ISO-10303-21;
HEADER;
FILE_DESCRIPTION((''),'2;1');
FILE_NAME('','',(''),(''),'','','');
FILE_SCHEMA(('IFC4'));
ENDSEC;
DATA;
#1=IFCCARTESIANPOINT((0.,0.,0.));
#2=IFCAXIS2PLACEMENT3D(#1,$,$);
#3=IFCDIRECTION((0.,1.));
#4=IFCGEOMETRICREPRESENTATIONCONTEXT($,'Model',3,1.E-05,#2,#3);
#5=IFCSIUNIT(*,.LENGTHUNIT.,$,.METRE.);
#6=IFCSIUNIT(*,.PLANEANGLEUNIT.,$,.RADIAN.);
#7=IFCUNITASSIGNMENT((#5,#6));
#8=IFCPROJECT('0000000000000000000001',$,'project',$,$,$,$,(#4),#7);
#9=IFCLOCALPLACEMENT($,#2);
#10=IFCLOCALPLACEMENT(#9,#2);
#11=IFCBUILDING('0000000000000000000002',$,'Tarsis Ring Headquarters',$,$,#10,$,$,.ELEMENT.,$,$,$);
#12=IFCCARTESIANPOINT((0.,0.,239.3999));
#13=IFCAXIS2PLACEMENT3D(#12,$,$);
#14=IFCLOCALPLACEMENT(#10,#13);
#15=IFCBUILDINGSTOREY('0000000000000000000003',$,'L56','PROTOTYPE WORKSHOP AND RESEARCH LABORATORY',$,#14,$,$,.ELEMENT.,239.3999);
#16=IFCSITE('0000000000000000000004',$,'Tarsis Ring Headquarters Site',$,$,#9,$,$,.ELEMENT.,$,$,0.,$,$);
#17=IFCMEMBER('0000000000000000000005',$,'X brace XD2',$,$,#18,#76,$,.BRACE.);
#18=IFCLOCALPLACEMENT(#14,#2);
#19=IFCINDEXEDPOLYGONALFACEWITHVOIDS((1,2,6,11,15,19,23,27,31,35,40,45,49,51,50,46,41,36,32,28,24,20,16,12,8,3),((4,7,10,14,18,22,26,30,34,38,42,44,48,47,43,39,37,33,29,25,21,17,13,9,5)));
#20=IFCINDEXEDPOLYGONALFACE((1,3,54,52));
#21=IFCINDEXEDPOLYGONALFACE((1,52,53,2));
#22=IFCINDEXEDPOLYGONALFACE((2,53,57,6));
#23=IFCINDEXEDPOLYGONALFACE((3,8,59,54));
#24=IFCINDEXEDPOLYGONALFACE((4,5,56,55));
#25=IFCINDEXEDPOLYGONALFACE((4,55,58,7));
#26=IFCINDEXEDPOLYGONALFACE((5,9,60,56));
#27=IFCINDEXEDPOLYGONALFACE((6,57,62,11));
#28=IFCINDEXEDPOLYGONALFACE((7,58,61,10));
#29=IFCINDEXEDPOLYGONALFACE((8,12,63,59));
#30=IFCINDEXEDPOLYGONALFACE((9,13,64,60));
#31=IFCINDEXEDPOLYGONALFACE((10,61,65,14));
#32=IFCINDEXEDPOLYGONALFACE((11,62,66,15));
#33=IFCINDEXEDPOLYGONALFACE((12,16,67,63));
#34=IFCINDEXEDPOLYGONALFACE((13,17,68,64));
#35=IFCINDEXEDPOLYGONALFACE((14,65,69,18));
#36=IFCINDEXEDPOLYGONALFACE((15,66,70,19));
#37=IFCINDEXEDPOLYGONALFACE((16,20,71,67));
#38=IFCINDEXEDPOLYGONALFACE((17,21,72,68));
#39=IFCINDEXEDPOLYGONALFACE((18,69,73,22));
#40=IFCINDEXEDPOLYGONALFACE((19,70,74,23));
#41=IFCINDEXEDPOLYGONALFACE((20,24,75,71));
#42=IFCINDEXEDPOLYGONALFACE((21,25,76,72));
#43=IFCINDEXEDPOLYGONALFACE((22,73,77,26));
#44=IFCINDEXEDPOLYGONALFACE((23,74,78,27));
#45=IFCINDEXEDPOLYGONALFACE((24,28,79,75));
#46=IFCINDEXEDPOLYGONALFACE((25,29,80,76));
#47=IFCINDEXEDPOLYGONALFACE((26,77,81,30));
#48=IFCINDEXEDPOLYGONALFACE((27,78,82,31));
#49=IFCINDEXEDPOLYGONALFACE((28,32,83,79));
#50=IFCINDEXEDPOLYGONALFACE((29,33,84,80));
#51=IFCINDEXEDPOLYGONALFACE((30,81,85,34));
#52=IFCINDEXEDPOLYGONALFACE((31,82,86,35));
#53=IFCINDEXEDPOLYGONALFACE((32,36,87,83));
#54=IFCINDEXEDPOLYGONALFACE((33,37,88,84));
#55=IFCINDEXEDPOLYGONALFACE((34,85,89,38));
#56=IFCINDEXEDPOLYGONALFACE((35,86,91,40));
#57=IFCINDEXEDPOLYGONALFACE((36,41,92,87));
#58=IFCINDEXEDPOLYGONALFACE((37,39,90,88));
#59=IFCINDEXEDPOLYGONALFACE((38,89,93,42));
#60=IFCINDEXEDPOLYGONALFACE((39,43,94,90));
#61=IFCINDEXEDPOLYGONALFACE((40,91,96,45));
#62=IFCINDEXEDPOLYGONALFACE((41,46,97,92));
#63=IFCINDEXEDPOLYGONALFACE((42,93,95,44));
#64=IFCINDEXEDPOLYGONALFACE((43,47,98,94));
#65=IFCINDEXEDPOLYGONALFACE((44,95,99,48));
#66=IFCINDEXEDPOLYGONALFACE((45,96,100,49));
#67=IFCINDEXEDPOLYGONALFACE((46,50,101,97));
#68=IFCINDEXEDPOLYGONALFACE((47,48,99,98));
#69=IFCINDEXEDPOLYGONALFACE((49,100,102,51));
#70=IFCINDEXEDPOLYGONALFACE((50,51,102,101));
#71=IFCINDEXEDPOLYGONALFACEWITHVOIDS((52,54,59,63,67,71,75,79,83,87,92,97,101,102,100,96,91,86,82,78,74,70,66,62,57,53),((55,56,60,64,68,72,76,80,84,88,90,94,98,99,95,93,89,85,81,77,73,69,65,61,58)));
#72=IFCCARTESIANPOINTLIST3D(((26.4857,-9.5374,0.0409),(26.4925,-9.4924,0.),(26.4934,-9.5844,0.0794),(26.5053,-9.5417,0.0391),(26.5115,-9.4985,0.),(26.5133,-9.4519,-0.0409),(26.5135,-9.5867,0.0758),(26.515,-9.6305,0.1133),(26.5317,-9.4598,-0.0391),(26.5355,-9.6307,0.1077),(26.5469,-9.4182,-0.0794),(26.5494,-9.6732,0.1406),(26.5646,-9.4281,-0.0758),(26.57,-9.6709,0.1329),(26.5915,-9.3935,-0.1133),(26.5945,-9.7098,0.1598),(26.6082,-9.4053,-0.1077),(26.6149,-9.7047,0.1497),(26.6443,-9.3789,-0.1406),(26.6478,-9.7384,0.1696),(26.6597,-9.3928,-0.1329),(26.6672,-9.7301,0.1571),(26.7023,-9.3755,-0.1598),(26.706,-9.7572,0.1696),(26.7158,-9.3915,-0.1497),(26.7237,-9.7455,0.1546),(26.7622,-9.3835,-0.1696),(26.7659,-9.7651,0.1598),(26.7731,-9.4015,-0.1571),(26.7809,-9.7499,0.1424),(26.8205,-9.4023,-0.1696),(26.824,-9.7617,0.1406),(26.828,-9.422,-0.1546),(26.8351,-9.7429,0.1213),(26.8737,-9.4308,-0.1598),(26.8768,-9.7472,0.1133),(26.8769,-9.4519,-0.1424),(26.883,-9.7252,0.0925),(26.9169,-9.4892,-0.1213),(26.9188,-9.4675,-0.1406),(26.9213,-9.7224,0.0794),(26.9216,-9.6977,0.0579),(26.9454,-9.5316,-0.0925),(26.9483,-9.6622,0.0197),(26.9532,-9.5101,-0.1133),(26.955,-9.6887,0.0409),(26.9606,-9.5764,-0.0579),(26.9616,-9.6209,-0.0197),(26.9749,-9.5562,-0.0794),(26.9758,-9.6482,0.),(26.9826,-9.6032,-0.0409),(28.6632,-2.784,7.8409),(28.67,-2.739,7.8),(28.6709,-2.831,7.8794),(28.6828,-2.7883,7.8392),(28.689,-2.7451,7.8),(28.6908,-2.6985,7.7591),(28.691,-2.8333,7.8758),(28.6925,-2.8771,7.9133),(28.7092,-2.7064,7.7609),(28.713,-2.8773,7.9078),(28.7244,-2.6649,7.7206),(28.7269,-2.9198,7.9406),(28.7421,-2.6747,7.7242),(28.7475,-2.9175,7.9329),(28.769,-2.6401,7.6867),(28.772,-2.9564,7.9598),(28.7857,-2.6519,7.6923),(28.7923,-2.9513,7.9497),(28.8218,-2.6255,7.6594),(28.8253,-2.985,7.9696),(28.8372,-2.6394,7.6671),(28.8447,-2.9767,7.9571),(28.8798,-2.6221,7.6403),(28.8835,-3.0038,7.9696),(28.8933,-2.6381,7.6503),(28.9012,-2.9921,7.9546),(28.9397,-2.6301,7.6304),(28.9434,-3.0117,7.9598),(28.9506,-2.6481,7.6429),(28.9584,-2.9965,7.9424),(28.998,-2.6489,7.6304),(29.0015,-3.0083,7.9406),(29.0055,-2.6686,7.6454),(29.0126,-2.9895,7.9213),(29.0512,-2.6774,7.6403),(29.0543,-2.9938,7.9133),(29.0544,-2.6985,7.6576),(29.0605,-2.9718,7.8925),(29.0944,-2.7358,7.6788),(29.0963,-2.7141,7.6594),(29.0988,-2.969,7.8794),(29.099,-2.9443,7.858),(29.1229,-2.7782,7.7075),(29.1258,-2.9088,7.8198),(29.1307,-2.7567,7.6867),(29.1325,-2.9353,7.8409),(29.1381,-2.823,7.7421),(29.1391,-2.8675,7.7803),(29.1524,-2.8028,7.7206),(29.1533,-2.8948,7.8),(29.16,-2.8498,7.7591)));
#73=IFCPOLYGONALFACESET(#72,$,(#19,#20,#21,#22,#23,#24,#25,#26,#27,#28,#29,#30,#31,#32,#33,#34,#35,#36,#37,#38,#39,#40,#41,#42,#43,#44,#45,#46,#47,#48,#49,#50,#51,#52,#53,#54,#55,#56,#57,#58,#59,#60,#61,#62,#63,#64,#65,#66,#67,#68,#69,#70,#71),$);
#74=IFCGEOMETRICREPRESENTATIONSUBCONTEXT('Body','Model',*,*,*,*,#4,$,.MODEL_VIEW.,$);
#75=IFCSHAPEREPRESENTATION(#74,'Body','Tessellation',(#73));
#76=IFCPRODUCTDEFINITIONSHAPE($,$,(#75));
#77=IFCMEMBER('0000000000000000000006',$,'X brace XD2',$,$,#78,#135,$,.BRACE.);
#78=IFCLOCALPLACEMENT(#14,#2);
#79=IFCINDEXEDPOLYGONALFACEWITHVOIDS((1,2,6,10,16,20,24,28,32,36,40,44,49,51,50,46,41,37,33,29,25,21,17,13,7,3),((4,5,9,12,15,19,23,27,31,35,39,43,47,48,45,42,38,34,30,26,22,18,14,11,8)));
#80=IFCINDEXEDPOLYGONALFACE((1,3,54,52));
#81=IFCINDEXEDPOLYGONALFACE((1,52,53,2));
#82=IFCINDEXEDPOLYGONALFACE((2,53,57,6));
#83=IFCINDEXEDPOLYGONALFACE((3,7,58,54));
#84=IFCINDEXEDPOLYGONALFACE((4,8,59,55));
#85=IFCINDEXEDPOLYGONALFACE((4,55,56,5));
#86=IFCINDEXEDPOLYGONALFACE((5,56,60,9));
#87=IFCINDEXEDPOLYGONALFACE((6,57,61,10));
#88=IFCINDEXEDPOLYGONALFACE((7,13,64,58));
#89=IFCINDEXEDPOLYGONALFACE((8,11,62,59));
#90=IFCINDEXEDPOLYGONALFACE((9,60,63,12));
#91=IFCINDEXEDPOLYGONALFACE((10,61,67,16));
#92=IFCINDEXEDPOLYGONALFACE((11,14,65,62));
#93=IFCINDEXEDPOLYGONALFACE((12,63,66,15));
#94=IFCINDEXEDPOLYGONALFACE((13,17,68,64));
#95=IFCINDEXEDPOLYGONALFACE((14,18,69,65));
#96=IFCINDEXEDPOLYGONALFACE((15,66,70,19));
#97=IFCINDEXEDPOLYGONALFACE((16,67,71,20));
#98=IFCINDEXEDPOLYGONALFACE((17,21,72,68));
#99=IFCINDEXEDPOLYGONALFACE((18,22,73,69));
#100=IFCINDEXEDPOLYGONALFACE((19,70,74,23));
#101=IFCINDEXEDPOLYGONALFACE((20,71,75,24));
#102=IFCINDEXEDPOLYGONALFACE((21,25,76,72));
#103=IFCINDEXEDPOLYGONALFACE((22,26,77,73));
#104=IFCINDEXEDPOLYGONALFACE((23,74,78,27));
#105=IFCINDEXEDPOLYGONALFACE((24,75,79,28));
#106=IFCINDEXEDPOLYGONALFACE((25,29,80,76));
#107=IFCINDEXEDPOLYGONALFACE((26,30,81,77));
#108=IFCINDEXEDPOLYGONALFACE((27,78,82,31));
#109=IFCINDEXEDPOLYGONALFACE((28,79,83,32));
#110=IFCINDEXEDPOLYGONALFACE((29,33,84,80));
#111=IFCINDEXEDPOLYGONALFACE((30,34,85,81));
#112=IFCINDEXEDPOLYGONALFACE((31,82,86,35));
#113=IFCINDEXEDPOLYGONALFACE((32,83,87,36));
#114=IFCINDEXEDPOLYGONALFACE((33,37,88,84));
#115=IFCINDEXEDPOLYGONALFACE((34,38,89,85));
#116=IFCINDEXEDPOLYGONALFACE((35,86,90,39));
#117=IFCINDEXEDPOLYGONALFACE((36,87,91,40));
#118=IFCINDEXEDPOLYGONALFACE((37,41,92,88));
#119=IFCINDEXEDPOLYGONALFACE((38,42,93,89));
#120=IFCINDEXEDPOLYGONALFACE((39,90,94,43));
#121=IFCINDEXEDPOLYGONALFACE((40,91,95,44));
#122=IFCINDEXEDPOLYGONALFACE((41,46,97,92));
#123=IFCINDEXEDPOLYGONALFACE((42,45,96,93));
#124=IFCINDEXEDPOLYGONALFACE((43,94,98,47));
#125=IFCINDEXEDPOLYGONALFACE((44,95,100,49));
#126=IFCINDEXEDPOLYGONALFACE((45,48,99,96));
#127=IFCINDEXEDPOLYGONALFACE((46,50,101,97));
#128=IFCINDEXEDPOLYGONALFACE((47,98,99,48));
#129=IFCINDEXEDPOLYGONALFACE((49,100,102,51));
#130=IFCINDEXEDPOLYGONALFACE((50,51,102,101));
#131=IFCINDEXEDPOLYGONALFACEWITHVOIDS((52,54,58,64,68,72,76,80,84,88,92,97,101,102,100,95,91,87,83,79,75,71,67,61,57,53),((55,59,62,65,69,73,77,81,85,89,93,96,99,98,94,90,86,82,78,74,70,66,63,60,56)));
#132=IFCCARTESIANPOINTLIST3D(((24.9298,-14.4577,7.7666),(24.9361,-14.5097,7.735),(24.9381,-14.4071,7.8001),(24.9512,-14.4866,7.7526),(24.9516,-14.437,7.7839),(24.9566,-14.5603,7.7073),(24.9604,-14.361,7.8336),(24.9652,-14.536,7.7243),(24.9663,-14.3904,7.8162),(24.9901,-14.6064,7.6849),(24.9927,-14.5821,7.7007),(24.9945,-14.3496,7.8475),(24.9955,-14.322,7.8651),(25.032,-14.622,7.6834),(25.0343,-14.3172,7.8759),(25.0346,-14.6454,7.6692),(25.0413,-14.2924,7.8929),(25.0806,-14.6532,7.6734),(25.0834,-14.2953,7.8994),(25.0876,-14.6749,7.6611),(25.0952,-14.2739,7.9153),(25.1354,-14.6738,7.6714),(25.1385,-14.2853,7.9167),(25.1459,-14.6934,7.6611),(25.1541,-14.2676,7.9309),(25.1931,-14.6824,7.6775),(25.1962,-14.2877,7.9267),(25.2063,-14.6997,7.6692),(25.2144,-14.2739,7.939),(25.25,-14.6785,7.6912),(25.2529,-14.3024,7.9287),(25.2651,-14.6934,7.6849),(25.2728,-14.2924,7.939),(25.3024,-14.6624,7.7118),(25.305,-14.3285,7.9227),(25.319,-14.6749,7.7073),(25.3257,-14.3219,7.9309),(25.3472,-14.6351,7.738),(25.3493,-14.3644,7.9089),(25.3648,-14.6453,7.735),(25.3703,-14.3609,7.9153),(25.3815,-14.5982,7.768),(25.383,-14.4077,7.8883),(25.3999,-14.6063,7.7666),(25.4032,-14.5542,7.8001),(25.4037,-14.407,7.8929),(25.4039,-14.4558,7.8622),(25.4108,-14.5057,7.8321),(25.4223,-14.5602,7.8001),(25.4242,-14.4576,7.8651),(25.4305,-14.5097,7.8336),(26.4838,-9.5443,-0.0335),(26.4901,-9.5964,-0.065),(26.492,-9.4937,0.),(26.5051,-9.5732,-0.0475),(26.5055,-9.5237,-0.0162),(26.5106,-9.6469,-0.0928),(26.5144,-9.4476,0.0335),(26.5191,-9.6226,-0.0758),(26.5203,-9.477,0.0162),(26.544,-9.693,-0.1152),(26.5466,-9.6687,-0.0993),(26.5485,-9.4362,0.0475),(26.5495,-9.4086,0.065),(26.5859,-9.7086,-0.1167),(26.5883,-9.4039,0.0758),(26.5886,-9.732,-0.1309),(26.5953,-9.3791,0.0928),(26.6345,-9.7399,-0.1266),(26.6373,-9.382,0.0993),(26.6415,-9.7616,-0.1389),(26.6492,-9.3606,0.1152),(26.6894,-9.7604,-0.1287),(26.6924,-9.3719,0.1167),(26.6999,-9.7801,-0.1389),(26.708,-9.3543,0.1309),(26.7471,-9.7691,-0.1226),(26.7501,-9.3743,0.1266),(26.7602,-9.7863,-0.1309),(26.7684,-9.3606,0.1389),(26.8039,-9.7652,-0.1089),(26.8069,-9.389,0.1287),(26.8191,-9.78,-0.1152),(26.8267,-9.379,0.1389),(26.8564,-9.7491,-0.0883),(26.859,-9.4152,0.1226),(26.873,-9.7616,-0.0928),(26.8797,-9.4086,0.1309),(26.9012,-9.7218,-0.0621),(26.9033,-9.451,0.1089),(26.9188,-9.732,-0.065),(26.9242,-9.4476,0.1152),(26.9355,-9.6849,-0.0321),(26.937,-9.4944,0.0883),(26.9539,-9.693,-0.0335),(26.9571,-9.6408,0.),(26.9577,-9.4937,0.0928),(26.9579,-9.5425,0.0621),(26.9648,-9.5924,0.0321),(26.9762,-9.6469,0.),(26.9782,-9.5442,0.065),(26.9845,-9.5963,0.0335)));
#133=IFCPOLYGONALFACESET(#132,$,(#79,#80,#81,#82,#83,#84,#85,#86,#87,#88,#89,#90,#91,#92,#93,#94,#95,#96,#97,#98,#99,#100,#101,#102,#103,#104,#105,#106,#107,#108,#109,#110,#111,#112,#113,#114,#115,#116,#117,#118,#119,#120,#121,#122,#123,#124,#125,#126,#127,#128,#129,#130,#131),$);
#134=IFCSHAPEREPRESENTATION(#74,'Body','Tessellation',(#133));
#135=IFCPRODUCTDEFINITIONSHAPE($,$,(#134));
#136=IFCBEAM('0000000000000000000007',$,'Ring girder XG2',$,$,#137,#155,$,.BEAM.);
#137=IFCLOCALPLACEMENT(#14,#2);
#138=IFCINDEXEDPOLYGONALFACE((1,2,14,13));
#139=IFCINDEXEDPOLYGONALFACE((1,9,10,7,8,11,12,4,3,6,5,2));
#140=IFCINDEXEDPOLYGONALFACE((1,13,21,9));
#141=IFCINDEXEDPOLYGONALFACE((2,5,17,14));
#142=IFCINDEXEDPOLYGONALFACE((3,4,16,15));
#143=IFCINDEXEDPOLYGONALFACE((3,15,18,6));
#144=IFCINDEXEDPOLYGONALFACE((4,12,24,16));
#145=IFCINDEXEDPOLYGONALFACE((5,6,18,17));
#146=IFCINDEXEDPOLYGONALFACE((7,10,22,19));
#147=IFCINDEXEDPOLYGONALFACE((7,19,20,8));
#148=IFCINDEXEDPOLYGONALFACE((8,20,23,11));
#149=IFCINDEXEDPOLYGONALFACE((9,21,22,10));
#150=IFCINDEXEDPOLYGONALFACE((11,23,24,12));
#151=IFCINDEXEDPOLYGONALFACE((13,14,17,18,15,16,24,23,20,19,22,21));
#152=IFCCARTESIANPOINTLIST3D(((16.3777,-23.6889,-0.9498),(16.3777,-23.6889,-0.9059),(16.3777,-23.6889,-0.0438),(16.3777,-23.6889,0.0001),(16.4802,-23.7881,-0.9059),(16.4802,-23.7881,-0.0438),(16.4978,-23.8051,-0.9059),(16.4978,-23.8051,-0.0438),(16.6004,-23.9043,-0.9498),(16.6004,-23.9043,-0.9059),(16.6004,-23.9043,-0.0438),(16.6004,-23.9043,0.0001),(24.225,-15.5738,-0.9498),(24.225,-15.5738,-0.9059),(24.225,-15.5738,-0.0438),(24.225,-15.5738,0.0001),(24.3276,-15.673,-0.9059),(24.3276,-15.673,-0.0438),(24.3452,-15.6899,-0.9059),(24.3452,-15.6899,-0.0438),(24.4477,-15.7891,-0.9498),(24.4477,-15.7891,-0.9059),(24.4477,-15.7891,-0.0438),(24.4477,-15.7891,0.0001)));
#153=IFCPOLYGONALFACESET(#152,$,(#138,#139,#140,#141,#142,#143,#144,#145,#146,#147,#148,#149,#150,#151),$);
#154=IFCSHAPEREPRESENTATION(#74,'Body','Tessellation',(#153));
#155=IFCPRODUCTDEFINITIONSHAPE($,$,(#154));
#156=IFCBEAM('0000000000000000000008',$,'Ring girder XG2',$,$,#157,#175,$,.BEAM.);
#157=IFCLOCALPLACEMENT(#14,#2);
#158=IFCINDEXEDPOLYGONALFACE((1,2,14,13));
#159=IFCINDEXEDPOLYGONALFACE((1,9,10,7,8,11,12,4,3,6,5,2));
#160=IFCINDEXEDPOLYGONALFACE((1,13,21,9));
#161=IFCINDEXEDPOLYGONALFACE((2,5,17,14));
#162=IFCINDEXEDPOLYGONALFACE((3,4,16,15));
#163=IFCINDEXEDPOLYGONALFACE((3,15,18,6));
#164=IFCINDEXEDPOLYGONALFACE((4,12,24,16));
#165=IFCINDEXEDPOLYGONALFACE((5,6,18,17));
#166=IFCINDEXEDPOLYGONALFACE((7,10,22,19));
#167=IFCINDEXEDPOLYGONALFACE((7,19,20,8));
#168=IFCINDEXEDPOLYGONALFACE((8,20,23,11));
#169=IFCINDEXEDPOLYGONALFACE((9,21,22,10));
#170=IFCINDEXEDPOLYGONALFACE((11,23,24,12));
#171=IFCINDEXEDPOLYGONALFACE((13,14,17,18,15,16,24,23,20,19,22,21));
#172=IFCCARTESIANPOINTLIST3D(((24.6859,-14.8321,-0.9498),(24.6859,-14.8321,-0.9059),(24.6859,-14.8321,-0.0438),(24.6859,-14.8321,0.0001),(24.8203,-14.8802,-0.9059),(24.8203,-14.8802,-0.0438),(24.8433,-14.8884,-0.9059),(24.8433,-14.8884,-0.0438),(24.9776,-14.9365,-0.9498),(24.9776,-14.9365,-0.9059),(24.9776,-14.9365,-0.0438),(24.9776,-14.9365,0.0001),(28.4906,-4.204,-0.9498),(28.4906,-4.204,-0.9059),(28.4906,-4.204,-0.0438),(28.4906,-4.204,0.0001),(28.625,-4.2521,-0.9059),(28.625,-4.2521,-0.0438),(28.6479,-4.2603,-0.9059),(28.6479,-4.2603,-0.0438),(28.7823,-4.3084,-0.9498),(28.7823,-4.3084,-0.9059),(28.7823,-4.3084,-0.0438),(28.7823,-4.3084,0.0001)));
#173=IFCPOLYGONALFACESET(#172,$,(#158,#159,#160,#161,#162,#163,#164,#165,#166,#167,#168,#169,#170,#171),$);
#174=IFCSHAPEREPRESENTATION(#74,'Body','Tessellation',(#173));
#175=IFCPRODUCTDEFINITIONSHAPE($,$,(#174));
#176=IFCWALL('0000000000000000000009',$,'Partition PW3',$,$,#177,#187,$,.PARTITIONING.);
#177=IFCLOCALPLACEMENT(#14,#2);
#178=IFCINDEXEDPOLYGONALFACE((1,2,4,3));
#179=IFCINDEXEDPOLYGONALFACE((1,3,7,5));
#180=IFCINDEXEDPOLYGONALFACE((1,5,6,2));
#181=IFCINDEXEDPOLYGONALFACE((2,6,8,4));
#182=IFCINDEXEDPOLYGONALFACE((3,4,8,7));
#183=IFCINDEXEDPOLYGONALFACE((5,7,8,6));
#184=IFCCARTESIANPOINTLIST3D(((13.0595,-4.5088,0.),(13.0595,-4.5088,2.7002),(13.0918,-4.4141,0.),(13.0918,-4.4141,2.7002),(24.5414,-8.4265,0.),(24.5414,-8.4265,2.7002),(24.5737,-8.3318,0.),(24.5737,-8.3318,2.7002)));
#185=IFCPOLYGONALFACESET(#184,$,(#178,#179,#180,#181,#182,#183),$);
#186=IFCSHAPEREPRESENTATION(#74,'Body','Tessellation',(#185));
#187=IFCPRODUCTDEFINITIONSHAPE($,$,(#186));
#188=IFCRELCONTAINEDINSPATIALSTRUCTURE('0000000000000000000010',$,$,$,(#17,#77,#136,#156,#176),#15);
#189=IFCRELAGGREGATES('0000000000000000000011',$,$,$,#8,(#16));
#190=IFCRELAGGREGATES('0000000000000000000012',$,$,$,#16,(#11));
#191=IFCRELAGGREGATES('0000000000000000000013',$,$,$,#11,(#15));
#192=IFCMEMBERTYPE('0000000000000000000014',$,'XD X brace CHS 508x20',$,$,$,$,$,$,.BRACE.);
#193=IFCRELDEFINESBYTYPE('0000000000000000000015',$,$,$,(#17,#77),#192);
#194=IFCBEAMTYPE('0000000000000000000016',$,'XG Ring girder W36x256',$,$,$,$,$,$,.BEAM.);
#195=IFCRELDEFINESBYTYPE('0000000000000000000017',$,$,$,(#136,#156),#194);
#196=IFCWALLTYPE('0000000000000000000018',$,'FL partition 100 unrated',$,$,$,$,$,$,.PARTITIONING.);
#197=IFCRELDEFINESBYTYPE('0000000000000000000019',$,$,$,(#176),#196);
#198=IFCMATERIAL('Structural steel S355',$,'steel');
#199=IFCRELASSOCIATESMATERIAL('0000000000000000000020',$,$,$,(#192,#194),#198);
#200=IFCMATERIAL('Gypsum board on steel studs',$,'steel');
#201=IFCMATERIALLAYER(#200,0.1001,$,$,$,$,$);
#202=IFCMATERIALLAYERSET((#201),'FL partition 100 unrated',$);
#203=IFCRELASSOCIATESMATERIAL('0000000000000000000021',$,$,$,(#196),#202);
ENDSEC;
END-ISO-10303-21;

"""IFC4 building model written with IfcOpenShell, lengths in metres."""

from ifc_helpers import new_model, si_unit, direction, frame, frame_2d, origin, origin_2d, place, context, subcontext, project, spatial, rectangle, hollow_circle, i_section, extrude, material, layer, layer_set, material_profile, profile_set, type_object, element, save


model = new_model("IFC4")

# Units and contexts
model_context = context("Model", 3, precision=1e-05, world=origin(), true_north=direction((0.0, 1.0)))
body_context = subcontext(model_context, "Body", "Model", "MODEL_VIEW")
ifc_project = project(units=[si_unit("LENGTHUNIT", "METRE"), si_unit("PLANEANGLEUNIT", "RADIAN")], contexts=[model_context])

# Site, building, storey
site_placement = place(None, origin())
site = spatial("IfcSite", under=ifc_project, at=site_placement, Name="Tarsis Ring Headquarters Site", CompositionType="ELEMENT", RefElevation=0.0)
building_placement = place(site_placement, origin())
building = spatial("IfcBuilding", under=site, at=building_placement, Name="Tarsis Ring Headquarters", CompositionType="ELEMENT")
storey_placement = place(building_placement, frame((0.0, 0.0, 239.3999)))
storey = spatial("IfcBuildingStorey", under=building, at=storey_placement, Name="L56", Description="PROTOTYPE WORKSHOP AND RESEARCH LABORATORY", CompositionType="ELEMENT", Elevation=239.3999)

# Shared definitions
ifc_material_1 = material(Name="Structural steel S355", Category="steel")

# Members
ifc_material_profile_1 = material_profile(ifc_material_1, hollow_circle(Radius=0.2539, WallThickness=0.02, at=origin_2d()), Name="CHS 508x20")
ifc_profile_set_1 = profile_set([ifc_material_profile_1], Name="Structural steel S355")
member_type = type_object("IfcMemberType", Name="XD X brace CHS 508x20", PredefinedType="BRACE", material=ifc_profile_set_1)
member_1_placement = place(storey_placement, frame((26.7341, -9.5703, 0.0), z_axis=(0.206501, 0.640456, 0.739712), x_axis=(-0.951751, 0.306871, 0.0)))
element("IfcMember", 1, at=member_1_placement, inside=storey, type_object=member_type, Name="X brace XD2", PredefinedType="BRACE", context=body_context, shape_type="SweptSolid", body=[
    extrude(hollow_circle(Radius=0.2539, WallThickness=0.02, at=origin_2d()), origin(), (0.0, 0.0, 1.0), 10.5447),
])
member_2_placement = place(storey_placement, frame((26.7341, -9.5703, 0.0), z_axis=(-0.166223, -0.525568, 0.834355), x_axis=(0.95345, -0.301551, 0.0)))
element("IfcMember", 2, at=member_2_placement, inside=storey, type_object=member_type, Name="X brace XD2", PredefinedType="BRACE", context=body_context, shape_type="SweptSolid", body=[
    extrude(hollow_circle(Radius=0.2539, WallThickness=0.02, at=origin_2d()), origin(), (0.0, 0.0, 1.0), 9.3486),
])

# Beams
ifc_material_profile_2 = material_profile(ifc_material_1, i_section(OverallWidth=0.3098, OverallDepth=0.95, WebThickness=0.0244, FlangeThickness=0.0439, at=origin_2d()), Name="W36x256")
ifc_profile_set_2 = profile_set([ifc_material_profile_2], Name="Structural steel S355")
beam_type_1 = type_object("IfcBeamType", Name="XG Ring girder W36x256", PredefinedType="BEAM", material=ifc_profile_set_2)
beam_1_placement = place(storey_placement, frame((16.489, -23.7966, -0.4749), z_axis=(0.695145, 0.718869, 0.0), x_axis=(-0.718869, 0.695145, 0.0)))
element("IfcBeam", 3, at=beam_1_placement, inside=storey, type_object=beam_type_1, Name="Ring girder XG2", PredefinedType="BEAM", context=body_context, shape_type="SweptSolid", body=[
    extrude(i_section(OverallWidth=0.3098, OverallDepth=0.95, WebThickness=0.0244, FlangeThickness=0.0439, at=origin_2d()), origin(), (0.0, 0.0, 1.0), 11.2888),
])
beam_2_placement = place(storey_placement, frame((24.8318, -14.8843, -0.4749), z_axis=(0.337036, 0.941492, 0.0), x_axis=(-0.941492, 0.337036, 0.0)))
element("IfcBeam", 4, at=beam_2_placement, inside=storey, type_object=beam_type_1, Name="Ring girder XG2", PredefinedType="BEAM", context=body_context, shape_type="SweptSolid", body=[
    extrude(i_section(OverallWidth=0.3098, OverallDepth=0.95, WebThickness=0.0244, FlangeThickness=0.0439, at=origin_2d()), origin(), (0.0, 0.0, 1.0), 11.2886),
])

# Wall
ifc_material_2 = material(Name="Gypsum board on steel studs", Category="steel")
ifc_layer_1 = layer(ifc_material_2, 0.1001)
ifc_layer_set_1 = layer_set([ifc_layer_1], Name="FL partition 100 unrated")
wall_type_1 = type_object("IfcWallType", Name="FL partition 100 unrated", PredefinedType="PARTITIONING", material=ifc_layer_set_1)
wall_1_placement = place(storey_placement, frame((13.0757, -4.4614, 0.0), z_axis=(0.0, 0.0, 1.0), x_axis=(0.946424, -0.322927, 0.0)))
element("IfcWall", 5, at=wall_1_placement, inside=storey, type_object=wall_type_1, Name="Partition PW3", PredefinedType="PARTITIONING", context=body_context, shape_type="SweptSolid", body=[
    extrude(rectangle(XDim=12.1318, YDim=0.1001, at=frame_2d((6.0659, 0.0))), origin(), (0.0, 0.0, 1.0), 2.7002),
])

save(model, "model.ifc")
